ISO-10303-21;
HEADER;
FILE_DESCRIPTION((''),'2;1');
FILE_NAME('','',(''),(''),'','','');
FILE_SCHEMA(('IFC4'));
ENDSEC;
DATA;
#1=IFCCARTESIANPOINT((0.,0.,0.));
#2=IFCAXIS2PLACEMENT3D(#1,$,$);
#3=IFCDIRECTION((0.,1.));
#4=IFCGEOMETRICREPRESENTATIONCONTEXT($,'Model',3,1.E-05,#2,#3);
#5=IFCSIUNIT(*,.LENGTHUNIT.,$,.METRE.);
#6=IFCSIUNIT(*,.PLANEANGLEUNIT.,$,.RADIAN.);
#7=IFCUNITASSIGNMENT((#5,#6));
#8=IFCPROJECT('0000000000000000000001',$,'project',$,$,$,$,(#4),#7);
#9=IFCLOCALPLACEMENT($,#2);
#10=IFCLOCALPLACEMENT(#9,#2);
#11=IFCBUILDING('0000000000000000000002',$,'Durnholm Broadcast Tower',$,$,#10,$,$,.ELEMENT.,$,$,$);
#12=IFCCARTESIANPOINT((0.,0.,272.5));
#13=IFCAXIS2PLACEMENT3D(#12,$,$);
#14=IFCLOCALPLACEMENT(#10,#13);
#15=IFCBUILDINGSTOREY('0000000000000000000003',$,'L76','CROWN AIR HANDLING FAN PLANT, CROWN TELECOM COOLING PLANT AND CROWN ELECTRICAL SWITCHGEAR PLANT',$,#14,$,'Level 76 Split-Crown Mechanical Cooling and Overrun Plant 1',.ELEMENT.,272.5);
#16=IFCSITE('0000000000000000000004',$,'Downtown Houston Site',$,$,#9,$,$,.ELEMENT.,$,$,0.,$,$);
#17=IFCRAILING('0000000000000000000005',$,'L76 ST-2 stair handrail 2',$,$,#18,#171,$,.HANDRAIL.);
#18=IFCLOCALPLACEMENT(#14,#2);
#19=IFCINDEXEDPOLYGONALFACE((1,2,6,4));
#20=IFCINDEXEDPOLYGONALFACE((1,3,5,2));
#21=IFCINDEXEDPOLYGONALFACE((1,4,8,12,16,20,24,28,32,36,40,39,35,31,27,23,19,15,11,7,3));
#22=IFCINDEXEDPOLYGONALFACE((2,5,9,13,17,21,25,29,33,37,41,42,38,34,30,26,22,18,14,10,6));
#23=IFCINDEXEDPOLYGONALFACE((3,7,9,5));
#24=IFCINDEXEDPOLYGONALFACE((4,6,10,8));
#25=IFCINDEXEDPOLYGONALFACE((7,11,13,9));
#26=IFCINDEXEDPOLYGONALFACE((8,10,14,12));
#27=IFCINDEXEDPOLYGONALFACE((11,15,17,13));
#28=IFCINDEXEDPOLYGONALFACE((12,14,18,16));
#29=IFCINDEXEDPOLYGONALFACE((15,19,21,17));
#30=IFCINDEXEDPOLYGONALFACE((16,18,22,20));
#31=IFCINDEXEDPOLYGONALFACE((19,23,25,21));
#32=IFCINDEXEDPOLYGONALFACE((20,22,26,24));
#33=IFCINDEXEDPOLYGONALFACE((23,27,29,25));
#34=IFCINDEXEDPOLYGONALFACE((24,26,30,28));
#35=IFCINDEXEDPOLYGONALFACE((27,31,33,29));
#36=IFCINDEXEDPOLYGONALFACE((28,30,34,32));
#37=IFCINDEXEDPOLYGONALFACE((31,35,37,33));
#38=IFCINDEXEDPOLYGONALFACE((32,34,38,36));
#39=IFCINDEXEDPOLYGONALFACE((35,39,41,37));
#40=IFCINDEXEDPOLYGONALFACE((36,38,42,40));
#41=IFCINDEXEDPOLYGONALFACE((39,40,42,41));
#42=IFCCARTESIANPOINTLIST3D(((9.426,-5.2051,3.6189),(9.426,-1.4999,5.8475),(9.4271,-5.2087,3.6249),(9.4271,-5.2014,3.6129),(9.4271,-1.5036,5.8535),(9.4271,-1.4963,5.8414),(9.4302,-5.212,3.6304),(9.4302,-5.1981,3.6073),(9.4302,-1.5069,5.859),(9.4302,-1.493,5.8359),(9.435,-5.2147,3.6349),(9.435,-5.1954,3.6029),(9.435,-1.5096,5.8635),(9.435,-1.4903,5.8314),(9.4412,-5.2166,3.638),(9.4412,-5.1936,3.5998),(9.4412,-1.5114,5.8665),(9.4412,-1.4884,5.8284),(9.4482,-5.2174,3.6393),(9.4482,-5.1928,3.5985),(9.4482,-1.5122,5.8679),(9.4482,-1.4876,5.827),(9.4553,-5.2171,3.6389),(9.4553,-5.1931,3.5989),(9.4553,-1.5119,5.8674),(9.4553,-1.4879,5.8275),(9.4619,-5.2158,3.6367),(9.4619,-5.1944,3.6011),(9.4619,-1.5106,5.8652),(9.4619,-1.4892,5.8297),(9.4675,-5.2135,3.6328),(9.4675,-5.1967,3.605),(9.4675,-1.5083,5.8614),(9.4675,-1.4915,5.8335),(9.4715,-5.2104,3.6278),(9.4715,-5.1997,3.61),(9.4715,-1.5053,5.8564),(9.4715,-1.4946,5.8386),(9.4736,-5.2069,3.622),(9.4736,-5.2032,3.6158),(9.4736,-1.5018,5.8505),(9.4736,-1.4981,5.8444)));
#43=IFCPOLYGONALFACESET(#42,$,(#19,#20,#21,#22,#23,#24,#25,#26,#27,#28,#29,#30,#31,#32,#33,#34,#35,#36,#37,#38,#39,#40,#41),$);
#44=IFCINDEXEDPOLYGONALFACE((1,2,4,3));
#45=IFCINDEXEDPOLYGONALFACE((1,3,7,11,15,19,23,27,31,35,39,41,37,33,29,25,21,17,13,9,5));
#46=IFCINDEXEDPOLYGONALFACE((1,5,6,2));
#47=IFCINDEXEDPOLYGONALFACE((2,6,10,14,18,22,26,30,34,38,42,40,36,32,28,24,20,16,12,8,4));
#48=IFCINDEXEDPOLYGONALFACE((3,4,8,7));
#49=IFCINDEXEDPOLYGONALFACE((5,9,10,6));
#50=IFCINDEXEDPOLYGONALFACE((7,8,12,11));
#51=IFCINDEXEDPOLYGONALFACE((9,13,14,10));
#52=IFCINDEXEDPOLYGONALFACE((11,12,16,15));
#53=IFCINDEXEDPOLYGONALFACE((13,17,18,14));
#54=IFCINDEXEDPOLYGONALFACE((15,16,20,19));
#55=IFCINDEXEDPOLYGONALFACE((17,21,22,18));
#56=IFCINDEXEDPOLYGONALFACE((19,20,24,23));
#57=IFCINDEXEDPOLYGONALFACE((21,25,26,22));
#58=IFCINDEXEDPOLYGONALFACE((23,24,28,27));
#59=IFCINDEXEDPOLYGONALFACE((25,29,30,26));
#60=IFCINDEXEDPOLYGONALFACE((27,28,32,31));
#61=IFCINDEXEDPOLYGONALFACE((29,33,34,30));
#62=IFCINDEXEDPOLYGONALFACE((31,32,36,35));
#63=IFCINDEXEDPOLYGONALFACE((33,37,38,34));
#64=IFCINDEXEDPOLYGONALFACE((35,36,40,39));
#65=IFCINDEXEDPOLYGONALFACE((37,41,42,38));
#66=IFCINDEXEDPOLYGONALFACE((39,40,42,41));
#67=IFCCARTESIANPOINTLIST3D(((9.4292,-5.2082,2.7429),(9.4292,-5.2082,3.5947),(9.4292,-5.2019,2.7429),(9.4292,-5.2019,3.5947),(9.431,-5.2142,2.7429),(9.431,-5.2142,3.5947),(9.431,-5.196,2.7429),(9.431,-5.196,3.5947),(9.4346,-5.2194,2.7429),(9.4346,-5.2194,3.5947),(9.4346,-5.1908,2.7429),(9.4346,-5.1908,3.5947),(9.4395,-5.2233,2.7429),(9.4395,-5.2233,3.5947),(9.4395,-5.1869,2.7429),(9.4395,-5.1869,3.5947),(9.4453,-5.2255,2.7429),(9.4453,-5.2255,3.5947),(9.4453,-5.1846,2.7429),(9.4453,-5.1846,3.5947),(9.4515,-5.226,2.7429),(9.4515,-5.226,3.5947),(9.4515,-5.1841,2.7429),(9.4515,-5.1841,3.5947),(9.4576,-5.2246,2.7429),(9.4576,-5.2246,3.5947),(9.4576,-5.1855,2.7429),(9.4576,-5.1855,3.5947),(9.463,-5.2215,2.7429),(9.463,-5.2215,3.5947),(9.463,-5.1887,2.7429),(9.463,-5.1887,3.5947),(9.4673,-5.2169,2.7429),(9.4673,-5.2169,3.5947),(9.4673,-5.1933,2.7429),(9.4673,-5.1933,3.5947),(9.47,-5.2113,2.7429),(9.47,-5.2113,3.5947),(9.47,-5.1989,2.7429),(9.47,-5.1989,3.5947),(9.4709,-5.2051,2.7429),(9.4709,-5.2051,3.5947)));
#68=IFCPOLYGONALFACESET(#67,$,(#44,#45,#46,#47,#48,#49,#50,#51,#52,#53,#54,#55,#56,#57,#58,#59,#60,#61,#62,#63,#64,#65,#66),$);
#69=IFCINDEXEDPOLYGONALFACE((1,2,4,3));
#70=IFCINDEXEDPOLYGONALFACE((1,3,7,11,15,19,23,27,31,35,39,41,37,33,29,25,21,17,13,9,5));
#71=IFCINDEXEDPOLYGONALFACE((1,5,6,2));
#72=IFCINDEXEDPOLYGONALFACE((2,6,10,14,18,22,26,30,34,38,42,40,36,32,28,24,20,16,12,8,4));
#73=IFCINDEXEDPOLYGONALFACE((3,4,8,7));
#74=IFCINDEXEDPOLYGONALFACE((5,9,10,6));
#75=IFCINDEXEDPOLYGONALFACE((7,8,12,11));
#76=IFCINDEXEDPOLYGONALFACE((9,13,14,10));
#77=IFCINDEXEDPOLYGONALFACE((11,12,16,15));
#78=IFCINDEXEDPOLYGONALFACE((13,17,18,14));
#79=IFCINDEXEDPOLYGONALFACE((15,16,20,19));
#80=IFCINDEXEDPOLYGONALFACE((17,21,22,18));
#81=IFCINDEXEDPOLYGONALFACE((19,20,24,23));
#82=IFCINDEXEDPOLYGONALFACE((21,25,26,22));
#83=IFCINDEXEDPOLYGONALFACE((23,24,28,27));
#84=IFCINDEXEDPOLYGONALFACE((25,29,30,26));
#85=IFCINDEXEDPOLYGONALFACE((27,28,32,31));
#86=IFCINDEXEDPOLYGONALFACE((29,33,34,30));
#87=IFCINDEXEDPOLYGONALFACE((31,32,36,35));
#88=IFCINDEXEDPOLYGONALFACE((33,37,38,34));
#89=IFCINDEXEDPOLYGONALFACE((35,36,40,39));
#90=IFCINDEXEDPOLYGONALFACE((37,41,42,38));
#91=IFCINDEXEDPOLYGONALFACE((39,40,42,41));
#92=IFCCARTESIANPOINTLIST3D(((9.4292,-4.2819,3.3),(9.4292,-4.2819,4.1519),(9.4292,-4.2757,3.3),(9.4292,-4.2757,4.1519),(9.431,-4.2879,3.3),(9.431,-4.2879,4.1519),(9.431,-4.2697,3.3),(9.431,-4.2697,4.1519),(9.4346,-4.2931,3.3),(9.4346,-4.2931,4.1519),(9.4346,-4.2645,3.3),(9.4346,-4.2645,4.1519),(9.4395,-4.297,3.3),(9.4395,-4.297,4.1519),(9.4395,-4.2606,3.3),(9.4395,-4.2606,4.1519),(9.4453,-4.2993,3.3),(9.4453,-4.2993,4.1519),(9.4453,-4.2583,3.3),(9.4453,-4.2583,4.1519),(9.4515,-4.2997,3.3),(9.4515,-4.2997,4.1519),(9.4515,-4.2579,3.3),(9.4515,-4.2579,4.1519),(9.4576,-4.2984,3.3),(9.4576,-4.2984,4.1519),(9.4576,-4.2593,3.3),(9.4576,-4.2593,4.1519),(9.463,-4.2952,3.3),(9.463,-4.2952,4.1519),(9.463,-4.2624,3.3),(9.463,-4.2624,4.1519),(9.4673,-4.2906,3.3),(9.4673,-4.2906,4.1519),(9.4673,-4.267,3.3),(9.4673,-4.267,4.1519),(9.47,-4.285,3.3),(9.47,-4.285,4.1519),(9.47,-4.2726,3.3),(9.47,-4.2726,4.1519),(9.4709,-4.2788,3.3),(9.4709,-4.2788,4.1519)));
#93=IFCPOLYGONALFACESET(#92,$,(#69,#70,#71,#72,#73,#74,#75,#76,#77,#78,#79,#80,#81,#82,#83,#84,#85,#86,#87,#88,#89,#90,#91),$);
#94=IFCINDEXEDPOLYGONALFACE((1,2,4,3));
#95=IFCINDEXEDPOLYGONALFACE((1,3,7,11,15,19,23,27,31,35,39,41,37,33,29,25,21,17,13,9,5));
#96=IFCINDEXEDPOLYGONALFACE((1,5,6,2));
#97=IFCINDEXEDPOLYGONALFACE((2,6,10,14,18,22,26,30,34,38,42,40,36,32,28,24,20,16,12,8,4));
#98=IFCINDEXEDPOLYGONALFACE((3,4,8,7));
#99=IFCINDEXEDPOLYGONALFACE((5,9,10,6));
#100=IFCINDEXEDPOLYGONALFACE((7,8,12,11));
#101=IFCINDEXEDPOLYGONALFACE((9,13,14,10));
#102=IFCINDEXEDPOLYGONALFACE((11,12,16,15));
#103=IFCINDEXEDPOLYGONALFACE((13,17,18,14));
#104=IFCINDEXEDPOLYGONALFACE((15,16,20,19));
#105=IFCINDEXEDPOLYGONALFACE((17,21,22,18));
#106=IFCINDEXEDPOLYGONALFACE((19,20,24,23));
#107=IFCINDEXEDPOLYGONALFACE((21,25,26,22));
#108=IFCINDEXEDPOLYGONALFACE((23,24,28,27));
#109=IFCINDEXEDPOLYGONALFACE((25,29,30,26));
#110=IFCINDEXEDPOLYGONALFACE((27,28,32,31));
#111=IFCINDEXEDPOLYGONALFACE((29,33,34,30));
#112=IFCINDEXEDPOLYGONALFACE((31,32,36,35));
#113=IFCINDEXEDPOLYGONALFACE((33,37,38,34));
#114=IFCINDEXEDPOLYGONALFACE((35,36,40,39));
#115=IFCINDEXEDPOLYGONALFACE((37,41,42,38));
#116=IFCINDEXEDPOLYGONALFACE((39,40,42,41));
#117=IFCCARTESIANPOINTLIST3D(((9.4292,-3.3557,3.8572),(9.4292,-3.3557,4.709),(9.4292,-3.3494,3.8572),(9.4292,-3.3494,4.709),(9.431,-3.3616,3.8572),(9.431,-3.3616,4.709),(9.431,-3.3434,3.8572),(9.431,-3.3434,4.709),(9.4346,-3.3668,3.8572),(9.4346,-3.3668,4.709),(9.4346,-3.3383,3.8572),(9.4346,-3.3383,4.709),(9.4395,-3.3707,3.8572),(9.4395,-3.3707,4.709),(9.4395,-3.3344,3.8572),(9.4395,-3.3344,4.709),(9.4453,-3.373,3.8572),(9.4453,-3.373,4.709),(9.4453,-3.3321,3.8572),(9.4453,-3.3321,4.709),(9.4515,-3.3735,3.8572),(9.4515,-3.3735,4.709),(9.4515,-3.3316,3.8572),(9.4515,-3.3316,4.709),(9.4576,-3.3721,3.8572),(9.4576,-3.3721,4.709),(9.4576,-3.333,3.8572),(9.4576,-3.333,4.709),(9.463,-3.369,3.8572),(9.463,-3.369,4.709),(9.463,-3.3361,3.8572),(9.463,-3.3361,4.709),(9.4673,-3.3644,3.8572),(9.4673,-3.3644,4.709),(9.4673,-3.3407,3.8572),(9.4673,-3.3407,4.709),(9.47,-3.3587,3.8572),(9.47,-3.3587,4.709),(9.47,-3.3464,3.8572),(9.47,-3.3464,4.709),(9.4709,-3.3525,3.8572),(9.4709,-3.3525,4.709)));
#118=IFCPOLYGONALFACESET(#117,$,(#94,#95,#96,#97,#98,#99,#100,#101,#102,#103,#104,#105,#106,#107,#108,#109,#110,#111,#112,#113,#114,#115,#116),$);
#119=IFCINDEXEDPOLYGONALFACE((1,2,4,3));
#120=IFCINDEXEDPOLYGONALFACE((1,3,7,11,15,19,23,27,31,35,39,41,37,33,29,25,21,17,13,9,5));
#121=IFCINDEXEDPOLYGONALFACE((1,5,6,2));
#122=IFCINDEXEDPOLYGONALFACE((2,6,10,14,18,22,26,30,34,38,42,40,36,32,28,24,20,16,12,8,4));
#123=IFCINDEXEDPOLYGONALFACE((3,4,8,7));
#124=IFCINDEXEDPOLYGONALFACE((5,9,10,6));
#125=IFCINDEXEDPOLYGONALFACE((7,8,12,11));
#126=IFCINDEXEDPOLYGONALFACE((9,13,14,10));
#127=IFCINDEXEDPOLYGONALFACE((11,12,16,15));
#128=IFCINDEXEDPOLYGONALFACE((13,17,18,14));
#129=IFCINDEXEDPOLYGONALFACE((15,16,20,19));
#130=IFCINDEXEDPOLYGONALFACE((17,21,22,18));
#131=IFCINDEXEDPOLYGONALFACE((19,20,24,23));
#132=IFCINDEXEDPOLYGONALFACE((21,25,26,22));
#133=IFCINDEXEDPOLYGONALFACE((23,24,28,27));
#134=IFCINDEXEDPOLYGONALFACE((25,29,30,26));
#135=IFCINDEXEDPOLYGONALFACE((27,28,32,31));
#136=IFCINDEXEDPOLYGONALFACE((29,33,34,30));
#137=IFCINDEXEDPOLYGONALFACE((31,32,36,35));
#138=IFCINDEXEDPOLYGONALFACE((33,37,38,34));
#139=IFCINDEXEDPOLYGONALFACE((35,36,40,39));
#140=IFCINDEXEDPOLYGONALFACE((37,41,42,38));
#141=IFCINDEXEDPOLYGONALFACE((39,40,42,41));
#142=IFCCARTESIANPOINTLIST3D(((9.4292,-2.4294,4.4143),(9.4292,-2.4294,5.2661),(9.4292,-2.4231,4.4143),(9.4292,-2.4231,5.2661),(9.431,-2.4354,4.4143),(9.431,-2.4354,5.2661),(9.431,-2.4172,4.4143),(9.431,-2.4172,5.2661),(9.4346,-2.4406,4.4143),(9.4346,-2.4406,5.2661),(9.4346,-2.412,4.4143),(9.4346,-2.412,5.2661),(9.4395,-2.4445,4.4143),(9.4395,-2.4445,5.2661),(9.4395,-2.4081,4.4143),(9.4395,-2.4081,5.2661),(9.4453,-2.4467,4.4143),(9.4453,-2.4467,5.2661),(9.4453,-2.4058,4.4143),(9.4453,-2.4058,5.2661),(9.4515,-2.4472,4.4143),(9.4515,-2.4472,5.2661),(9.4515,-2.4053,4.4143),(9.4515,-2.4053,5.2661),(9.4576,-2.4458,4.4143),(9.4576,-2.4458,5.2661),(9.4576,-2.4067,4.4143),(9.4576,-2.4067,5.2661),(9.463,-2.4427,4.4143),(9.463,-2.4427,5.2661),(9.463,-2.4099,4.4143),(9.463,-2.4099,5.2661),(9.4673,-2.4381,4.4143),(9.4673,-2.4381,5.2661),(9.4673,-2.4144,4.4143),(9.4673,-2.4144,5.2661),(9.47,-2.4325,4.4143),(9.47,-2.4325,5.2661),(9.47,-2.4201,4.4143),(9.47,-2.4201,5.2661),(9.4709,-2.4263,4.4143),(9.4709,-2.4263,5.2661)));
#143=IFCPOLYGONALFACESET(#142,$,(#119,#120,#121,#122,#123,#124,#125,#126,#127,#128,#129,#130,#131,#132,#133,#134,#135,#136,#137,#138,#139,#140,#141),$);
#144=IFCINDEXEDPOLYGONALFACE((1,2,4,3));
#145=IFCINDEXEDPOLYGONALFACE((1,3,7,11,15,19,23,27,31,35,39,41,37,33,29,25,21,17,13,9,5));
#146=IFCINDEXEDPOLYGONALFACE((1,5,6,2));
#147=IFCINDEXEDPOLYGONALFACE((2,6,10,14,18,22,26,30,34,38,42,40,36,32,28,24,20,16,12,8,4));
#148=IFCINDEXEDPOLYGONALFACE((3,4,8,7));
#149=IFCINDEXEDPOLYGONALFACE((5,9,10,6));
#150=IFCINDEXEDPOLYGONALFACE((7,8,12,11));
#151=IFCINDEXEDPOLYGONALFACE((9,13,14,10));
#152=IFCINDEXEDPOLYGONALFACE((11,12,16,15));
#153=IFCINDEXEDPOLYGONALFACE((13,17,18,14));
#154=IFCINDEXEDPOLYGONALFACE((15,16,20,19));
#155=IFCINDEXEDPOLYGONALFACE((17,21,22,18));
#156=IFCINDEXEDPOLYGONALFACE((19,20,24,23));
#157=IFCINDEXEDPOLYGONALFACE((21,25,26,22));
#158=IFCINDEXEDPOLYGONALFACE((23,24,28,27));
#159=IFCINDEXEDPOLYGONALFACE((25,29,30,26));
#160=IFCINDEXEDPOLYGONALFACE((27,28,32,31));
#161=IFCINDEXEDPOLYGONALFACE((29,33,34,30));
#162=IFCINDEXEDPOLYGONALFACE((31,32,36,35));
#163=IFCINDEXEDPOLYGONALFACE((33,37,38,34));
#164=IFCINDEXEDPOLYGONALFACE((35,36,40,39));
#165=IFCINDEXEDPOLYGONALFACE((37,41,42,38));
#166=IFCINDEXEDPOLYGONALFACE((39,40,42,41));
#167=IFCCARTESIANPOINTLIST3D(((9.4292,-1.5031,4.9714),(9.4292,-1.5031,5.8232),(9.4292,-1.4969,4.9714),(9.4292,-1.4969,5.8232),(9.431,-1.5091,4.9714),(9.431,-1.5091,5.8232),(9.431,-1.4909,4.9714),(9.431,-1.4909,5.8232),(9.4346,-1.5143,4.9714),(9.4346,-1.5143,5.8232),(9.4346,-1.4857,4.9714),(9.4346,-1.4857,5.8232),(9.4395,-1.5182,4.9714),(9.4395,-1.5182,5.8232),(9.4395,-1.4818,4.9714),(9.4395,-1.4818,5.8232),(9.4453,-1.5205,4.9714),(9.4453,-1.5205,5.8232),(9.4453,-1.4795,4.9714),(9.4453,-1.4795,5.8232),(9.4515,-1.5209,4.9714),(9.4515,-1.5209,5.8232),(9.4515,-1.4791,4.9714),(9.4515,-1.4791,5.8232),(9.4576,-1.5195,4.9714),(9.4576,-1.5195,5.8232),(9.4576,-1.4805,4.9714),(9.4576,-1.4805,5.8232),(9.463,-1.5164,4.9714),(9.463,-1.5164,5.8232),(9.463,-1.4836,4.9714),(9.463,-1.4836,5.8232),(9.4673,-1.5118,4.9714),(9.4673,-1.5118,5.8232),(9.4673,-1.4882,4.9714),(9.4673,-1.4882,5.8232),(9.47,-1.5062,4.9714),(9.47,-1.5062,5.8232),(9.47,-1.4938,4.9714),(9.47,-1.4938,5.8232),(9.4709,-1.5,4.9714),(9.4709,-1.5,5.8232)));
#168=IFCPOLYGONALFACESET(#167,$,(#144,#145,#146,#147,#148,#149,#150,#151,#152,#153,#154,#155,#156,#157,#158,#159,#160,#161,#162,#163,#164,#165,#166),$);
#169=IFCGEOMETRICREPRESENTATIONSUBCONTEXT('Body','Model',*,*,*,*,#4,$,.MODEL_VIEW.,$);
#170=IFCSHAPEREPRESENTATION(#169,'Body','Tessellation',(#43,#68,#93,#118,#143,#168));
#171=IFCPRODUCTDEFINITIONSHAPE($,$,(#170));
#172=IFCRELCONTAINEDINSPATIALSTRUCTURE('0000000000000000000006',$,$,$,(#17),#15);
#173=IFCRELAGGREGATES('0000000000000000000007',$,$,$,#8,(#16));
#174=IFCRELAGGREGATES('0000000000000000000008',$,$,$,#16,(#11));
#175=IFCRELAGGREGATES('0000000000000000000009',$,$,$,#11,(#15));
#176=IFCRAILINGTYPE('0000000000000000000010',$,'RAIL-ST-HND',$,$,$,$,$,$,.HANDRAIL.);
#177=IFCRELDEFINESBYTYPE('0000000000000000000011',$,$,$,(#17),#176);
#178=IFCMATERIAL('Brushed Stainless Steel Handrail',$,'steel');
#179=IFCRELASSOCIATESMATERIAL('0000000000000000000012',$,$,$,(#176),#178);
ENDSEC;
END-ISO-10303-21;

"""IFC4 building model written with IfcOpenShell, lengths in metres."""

from ifc_helpers import new_model, si_unit, direction, frame, origin, origin_2d, place, context, subcontext, project, spatial, circle, extrude, material, type_object, element, save


model = new_model("IFC4")

# Units and contexts
model_context = context("Model", 3, precision=1e-05, world=origin(), true_north=direction((0.0, 1.0)))
body_context = subcontext(model_context, "Body", "Model", "MODEL_VIEW")
ifc_project = project(units=[si_unit("LENGTHUNIT", "METRE"), si_unit("PLANEANGLEUNIT", "RADIAN")], contexts=[model_context])

# Site, building, storey
site_placement = place(None, origin())
site = spatial("IfcSite", under=ifc_project, at=site_placement, Name="Downtown Houston Site", CompositionType="ELEMENT", RefElevation=0.0)
building_placement = place(site_placement, origin())
building = spatial("IfcBuilding", under=site, at=building_placement, Name="Durnholm Broadcast Tower", CompositionType="ELEMENT")
storey_placement = place(building_placement, frame((0.0, 0.0, 272.5)))
storey = spatial("IfcBuildingStorey", under=building, at=storey_placement, Name="L76", Description="CROWN AIR HANDLING FAN PLANT, CROWN TELECOM COOLING PLANT AND CROWN ELECTRICAL SWITCHGEAR PLANT", LongName="Level 76 Split-Crown Mechanical Cooling and Overrun Plant 1", CompositionType="ELEMENT", Elevation=272.5)

# Railing
ifc_material_1 = material(Name="Brushed Stainless Steel Handrail", Category="steel")
railing_type_1 = type_object("IfcRailingType", Name="RAIL-ST-HND", PredefinedType="HANDRAIL", material=ifc_material_1)
railing_1_placement = place(storey_placement, frame((9.45, -5.2051, 2.7429)))
element("IfcRailing", 1, at=railing_1_placement, inside=storey, type_object=railing_type_1, Name="L76 ST-2 stair handrail 2", PredefinedType="HANDRAIL", context=body_context, shape_type="SweptSolid", body=[
    extrude(circle(Radius=0.0239, at=origin_2d()), frame((0.0, 0.0, 0.876), z_axis=(0.0, 0.856934, 0.515425), x_axis=(-1.0, 0.0, 0.0)), (0.0, 0.0, 1.0), 4.3237),
    extrude(circle(Radius=0.021, at=origin_2d()), origin(), (0.0, 0.0, 1.0), 0.8518),
    extrude(circle(Radius=0.021, at=origin_2d()), frame((0.0, 0.9263, 0.5571)), (0.0, 0.0, 1.0), 0.8518),
    extrude(circle(Radius=0.021, at=origin_2d()), frame((0.0, 1.8525, 1.1143)), (0.0, 0.0, 1.0), 0.8518),
    extrude(circle(Radius=0.021, at=origin_2d()), frame((0.0, 2.7788, 1.6714)), (0.0, 0.0, 1.0), 0.8518),
    extrude(circle(Radius=0.021, at=origin_2d()), frame((0.0, 3.7051, 2.2285)), (0.0, 0.0, 1.0), 0.8518),
])

save(model, "model.ifc")
